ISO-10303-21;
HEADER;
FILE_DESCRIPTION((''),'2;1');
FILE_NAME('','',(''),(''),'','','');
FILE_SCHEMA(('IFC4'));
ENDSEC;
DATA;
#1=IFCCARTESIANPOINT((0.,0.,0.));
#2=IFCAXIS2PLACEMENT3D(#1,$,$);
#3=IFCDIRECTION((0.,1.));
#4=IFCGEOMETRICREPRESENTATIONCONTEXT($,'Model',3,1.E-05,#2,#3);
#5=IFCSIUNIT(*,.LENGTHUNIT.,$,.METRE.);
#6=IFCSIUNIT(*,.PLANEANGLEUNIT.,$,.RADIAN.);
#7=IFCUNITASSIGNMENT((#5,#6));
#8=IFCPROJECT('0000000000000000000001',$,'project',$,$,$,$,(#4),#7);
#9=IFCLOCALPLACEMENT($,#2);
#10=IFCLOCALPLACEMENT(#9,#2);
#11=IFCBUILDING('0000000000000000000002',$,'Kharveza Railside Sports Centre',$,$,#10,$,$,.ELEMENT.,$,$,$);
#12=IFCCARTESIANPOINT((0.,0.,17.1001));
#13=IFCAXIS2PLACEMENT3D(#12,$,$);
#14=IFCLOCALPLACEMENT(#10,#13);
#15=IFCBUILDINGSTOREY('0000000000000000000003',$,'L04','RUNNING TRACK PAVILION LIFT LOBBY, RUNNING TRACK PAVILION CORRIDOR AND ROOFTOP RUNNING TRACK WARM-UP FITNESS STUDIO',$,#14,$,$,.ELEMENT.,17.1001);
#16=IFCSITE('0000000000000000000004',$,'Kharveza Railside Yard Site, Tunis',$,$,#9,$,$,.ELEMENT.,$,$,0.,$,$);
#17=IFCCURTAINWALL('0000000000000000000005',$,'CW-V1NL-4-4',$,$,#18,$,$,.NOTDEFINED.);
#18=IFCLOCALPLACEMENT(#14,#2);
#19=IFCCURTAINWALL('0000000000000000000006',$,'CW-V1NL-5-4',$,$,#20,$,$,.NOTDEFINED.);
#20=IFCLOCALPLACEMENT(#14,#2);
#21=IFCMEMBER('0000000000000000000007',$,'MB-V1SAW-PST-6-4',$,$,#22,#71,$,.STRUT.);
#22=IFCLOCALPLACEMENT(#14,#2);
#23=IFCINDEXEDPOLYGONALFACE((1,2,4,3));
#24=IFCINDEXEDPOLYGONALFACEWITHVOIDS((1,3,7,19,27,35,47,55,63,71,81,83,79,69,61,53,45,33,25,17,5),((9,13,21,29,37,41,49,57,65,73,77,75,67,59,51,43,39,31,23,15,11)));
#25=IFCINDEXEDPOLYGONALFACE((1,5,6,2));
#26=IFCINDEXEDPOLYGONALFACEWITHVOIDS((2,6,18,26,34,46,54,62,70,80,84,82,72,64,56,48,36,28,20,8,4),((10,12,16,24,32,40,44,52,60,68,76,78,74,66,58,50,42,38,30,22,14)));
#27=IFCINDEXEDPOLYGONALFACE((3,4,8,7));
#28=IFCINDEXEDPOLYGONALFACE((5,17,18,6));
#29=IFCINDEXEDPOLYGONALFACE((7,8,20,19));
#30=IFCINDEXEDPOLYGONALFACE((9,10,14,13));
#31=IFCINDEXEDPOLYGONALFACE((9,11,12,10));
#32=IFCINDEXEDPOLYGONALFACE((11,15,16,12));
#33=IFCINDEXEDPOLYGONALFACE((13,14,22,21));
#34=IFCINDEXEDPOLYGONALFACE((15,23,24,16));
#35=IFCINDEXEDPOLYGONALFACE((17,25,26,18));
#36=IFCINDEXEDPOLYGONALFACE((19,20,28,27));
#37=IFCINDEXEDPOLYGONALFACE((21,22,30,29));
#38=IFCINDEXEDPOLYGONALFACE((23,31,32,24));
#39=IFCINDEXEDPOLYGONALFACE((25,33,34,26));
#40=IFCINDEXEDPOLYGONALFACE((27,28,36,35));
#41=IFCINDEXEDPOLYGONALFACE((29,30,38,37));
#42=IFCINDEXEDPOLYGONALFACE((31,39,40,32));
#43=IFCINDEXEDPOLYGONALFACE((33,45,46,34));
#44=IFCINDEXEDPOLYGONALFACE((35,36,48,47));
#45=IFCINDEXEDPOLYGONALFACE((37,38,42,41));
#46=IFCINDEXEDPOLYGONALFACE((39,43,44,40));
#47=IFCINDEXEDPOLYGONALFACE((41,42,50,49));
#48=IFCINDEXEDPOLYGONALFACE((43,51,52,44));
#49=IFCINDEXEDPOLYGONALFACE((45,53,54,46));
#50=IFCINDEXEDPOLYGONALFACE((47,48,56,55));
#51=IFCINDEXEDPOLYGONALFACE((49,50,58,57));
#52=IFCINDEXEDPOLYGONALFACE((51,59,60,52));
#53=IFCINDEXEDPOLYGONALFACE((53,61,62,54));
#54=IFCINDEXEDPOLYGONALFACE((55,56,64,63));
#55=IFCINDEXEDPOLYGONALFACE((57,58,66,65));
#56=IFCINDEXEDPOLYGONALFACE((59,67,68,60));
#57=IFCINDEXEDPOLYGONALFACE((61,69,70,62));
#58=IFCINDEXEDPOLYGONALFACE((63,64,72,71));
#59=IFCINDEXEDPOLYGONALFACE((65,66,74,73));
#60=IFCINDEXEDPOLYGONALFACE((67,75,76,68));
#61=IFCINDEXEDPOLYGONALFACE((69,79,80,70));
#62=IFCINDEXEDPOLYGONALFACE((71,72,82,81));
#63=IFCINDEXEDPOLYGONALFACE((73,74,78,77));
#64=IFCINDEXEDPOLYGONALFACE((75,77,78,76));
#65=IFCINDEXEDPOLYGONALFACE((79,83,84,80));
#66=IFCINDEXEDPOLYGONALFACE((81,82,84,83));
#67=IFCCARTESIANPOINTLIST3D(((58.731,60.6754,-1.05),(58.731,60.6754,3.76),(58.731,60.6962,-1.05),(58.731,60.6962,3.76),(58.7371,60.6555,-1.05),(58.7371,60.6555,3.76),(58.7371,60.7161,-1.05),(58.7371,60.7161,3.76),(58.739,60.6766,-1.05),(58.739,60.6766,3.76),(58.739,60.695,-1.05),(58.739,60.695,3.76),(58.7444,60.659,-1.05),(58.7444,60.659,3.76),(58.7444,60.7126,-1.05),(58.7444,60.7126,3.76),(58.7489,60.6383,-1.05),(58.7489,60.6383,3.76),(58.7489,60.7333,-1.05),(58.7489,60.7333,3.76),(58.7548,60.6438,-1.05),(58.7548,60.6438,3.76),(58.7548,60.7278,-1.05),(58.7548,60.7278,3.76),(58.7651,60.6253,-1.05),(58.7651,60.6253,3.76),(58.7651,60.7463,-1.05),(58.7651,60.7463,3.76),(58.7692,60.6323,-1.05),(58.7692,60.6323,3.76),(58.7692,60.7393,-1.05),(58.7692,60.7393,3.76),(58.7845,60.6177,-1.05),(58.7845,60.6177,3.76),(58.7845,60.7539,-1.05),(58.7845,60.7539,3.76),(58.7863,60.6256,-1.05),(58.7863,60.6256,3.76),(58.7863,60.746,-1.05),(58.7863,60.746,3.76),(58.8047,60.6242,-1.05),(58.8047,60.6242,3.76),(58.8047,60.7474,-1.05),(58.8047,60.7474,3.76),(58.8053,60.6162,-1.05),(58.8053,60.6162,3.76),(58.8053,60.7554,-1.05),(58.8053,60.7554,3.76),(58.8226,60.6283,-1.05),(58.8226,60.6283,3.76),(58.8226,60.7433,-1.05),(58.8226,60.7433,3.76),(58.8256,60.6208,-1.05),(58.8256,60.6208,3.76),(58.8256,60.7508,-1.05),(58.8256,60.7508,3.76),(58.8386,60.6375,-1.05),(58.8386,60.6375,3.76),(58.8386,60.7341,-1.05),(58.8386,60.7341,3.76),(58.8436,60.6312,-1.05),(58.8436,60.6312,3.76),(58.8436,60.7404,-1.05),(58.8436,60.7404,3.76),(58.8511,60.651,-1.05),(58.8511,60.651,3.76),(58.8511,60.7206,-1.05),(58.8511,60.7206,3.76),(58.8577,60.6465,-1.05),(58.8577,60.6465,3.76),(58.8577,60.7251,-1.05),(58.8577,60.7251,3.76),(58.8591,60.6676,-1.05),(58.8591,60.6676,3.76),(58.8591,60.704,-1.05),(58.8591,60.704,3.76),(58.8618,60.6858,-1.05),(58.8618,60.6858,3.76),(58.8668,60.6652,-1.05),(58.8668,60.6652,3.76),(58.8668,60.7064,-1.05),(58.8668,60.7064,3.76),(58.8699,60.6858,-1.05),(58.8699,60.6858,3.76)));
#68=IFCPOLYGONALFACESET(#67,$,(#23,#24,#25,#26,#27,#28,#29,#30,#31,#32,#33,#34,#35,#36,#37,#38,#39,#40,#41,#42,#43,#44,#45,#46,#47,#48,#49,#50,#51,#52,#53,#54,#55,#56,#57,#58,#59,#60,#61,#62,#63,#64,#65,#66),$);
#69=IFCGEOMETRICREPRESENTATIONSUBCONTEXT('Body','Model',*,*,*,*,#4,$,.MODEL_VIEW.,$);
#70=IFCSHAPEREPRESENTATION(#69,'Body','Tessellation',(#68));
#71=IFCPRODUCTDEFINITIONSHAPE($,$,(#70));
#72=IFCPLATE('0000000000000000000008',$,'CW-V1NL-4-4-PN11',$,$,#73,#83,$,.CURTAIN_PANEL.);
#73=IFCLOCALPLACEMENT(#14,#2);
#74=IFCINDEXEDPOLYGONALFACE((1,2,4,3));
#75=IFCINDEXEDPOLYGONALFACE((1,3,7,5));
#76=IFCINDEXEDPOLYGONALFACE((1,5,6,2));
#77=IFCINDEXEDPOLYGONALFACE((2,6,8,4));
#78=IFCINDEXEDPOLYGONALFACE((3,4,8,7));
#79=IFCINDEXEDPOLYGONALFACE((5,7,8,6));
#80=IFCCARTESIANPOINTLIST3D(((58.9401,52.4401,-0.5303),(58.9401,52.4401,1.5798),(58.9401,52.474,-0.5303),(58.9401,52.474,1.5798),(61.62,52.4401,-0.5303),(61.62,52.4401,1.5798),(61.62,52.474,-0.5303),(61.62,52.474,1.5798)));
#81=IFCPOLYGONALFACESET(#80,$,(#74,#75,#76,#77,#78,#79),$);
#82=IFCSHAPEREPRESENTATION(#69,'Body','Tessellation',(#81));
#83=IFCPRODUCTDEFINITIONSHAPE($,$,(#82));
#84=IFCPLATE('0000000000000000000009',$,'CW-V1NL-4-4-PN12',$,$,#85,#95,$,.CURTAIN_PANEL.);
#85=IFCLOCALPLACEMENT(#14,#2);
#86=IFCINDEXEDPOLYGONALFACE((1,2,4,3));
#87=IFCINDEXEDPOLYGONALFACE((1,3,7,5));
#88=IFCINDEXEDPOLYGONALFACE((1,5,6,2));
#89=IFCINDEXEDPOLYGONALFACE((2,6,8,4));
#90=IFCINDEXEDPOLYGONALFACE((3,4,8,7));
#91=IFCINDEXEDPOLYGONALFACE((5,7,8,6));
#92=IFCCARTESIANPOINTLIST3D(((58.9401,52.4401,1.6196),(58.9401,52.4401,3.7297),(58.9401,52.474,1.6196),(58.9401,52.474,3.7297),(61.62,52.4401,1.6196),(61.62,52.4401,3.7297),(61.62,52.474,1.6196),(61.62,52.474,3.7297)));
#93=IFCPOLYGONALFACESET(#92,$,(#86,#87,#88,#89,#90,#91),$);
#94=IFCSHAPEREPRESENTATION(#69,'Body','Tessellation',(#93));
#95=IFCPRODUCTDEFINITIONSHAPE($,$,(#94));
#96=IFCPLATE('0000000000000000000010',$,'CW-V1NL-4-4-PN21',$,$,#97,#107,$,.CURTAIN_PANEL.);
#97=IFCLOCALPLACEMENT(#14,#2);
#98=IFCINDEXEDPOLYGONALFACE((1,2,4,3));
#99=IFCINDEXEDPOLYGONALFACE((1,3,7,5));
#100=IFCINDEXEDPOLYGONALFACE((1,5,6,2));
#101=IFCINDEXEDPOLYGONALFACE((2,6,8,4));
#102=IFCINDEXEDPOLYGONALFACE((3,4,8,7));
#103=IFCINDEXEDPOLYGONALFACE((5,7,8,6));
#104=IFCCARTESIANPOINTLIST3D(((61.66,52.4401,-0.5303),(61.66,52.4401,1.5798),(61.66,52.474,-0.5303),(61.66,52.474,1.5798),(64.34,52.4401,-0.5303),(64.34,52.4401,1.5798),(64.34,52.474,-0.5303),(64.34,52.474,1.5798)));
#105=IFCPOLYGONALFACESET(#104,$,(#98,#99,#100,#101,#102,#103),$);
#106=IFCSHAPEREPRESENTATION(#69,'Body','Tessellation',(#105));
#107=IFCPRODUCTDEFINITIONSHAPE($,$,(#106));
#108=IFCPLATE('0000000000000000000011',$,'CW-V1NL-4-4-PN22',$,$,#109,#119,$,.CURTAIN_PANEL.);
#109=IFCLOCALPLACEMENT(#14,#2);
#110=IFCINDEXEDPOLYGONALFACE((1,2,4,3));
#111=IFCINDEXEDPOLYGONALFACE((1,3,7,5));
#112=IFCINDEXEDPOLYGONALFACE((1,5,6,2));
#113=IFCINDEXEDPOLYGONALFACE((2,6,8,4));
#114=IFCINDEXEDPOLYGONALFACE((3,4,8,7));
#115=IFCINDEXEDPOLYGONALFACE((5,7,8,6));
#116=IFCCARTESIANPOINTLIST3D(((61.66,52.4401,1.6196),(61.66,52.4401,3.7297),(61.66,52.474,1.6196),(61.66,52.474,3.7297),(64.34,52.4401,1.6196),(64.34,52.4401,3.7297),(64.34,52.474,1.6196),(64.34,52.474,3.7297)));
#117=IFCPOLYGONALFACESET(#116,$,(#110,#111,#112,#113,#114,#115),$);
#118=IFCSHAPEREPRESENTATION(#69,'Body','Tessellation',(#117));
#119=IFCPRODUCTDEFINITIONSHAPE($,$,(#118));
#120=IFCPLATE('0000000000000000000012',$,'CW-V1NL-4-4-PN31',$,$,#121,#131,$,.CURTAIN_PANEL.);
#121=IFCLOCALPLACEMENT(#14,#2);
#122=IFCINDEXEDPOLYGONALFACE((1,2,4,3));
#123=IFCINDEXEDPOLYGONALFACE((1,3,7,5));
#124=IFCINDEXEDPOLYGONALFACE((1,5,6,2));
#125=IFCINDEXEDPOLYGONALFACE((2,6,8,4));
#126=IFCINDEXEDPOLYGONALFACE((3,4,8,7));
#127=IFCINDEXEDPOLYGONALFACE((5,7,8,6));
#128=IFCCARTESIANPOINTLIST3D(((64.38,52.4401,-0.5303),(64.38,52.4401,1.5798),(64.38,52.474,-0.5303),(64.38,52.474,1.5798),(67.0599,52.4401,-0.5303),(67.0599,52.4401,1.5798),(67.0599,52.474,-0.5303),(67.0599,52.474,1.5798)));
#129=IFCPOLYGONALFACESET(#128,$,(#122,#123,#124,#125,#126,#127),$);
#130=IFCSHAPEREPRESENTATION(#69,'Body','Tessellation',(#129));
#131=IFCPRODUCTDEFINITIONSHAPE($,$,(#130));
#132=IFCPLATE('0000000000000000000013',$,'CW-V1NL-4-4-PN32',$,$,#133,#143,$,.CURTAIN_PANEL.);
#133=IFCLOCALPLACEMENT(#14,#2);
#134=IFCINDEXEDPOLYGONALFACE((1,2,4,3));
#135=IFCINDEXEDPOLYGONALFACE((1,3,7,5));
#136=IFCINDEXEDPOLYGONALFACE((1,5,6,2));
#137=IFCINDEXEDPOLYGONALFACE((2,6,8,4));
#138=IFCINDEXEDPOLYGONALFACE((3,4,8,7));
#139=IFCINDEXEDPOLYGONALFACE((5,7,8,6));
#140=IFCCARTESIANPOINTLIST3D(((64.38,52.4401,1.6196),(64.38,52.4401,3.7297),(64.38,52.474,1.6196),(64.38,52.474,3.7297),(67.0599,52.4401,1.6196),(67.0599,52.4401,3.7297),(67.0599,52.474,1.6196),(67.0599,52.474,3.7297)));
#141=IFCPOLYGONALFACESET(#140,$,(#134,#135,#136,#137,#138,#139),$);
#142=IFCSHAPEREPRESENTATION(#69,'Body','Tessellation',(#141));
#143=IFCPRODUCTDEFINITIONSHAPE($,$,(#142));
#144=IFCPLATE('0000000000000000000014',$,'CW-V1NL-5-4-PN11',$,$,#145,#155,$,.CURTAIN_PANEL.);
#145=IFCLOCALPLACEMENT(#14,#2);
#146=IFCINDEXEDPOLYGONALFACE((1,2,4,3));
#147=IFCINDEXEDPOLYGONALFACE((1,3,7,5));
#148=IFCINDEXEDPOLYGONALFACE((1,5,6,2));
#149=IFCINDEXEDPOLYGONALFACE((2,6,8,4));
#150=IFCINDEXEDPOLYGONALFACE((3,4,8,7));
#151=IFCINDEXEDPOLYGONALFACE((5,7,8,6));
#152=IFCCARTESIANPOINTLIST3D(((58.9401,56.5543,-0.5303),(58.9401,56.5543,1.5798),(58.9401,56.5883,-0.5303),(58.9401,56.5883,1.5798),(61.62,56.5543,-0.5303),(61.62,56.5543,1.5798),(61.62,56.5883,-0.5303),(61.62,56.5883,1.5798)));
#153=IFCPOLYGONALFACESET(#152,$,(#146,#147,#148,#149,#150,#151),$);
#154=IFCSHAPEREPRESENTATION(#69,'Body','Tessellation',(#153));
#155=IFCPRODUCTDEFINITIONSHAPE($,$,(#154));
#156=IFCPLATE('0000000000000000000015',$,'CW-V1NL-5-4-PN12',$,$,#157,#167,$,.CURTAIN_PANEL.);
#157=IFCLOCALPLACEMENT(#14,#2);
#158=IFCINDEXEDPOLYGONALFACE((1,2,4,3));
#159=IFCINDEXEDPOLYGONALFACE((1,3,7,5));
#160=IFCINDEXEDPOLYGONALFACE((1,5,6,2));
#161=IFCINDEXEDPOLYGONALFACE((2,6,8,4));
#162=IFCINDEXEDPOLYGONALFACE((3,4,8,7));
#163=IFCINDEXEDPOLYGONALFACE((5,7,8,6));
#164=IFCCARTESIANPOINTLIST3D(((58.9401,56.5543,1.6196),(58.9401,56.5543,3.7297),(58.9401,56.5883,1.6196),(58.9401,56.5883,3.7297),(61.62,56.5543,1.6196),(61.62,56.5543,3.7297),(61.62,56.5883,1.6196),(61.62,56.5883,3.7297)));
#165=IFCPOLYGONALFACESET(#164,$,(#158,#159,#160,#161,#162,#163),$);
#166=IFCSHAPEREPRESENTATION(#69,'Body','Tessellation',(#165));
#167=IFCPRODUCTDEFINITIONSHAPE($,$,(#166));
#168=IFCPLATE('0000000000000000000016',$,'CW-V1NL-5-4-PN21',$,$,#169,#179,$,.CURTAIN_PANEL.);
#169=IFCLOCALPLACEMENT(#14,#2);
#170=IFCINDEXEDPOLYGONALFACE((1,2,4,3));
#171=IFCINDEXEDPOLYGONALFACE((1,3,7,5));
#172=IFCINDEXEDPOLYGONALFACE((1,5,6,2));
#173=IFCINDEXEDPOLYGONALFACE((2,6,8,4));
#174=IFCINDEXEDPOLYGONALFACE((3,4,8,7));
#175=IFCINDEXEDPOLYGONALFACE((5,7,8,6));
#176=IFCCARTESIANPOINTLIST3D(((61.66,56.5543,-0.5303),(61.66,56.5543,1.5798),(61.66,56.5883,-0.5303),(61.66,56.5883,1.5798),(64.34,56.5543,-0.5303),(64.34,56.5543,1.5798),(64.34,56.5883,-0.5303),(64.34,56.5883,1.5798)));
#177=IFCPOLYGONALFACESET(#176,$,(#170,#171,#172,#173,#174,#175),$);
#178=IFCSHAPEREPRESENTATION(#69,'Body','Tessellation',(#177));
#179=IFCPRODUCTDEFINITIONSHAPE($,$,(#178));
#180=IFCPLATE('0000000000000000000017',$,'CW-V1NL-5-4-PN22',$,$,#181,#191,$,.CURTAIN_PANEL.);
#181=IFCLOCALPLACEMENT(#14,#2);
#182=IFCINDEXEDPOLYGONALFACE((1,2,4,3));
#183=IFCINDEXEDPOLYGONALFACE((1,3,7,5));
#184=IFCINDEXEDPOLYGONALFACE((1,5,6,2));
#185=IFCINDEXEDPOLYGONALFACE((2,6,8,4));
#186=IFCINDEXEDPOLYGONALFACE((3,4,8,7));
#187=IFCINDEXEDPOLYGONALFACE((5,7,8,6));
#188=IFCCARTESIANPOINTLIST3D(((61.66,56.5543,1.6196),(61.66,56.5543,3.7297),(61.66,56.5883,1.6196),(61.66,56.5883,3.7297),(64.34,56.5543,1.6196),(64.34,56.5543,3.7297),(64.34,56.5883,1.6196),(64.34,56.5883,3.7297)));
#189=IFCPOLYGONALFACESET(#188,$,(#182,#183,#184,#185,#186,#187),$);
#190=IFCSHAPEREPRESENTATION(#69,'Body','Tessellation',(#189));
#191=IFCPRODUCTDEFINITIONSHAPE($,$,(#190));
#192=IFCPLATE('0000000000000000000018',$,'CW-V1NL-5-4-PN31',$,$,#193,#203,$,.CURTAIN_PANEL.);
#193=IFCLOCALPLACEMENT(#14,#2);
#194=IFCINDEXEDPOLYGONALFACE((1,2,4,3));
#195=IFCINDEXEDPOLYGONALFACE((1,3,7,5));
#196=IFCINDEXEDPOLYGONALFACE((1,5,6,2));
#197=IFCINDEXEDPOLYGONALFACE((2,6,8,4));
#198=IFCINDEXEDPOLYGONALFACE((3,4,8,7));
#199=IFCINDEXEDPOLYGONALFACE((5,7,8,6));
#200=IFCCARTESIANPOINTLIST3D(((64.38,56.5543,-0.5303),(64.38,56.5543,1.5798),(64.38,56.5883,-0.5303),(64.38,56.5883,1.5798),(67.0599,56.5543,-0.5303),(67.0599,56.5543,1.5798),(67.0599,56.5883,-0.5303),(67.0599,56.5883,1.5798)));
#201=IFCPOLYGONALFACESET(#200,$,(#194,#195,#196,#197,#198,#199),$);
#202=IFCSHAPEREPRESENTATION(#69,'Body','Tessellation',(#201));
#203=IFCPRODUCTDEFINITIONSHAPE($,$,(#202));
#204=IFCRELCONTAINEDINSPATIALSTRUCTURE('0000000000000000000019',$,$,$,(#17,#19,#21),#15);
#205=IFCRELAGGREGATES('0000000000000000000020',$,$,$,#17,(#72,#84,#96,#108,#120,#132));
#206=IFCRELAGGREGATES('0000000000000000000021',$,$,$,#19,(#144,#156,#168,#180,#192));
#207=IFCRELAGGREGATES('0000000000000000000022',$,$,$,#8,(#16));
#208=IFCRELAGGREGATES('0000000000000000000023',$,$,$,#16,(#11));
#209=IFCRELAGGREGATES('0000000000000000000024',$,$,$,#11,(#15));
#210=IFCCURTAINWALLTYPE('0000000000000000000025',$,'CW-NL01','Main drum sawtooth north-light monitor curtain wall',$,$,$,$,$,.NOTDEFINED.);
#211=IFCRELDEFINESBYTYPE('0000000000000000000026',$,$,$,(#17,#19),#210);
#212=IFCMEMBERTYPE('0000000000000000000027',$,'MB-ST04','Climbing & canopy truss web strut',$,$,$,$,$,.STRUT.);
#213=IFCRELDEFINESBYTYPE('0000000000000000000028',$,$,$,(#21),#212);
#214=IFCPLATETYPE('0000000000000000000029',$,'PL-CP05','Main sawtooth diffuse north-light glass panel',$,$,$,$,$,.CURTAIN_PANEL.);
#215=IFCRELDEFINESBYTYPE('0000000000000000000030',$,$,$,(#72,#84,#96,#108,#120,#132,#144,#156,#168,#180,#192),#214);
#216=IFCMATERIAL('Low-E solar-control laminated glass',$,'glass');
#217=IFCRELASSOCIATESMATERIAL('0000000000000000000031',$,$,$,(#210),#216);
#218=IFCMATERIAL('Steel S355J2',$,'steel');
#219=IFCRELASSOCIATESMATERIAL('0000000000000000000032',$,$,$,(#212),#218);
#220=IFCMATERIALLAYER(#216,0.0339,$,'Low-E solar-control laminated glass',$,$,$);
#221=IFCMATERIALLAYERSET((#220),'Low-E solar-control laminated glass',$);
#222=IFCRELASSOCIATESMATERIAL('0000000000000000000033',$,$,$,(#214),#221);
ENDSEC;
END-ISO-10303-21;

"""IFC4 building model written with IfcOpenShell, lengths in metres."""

from ifc_helpers import new_model, si_unit, direction, frame, origin, origin_2d, place, context, subcontext, project, spatial, rectangle, hollow_circle, extrude, material, layer, layer_set, material_profile, profile_set, type_object, element, aggregate, save


model = new_model("IFC4")

# Units and contexts
model_context = context("Model", 3, precision=1e-05, world=origin(), true_north=direction((0.0, 1.0)))
body_context = subcontext(model_context, "Body", "Model", "MODEL_VIEW")
ifc_project = project(units=[si_unit("LENGTHUNIT", "METRE"), si_unit("PLANEANGLEUNIT", "RADIAN")], contexts=[model_context])

# Site, building, storey
site_placement = place(None, origin())
site = spatial("IfcSite", under=ifc_project, at=site_placement, Name="Kharveza Railside Yard Site, Tunis", CompositionType="ELEMENT", RefElevation=0.0)
building_placement = place(site_placement, origin())
building = spatial("IfcBuilding", under=site, at=building_placement, Name="Kharveza Railside Sports Centre", CompositionType="ELEMENT")
storey_placement = place(building_placement, frame((0.0, 0.0, 17.1001)))
storey = spatial("IfcBuildingStorey", under=building, at=storey_placement, Name="L04", Description="RUNNING TRACK PAVILION LIFT LOBBY, RUNNING TRACK PAVILION CORRIDOR AND ROOFTOP RUNNING TRACK WARM-UP FITNESS STUDIO", CompositionType="ELEMENT", Elevation=17.1001)

# Curtain walls
ifc_material_1 = material(Name="Low-E solar-control laminated glass", Category="glass")
curtain_wall_type = type_object("IfcCurtainWallType", Name="CW-NL01", Description="Main drum sawtooth north-light monitor curtain wall", PredefinedType="NOTDEFINED", material=ifc_material_1)
curtain_wall_1_placement = place(storey_placement, origin())
curtain_wall_1 = element("IfcCurtainWall", 1, at=curtain_wall_1_placement, inside=storey, type_object=curtain_wall_type, Name="CW-V1NL-4-4", PredefinedType="NOTDEFINED")
curtain_wall_2_placement = place(storey_placement, origin())
curtain_wall_2 = element("IfcCurtainWall", 2, at=curtain_wall_2_placement, inside=storey, type_object=curtain_wall_type, Name="CW-V1NL-5-4", PredefinedType="NOTDEFINED")

# Member
ifc_material_2 = material(Name="Steel S355J2", Category="steel")
ifc_material_profile_1 = material_profile(ifc_material_2, hollow_circle(Radius=0.0698, WallThickness=0.0081, at=origin_2d()), Name="CHS 139.7x8.0")
ifc_profile_set_1 = profile_set([ifc_material_profile_1], Name="Steel S355J2")
member_type_1 = type_object("IfcMemberType", Name="MB-ST04", Description="Climbing & canopy truss web strut", PredefinedType="STRUT", material=ifc_profile_set_1)
for number, where, z_axis, x_axis, name in (
    (3, (58.8, 60.6858, -1.05), (0.0, 0.0, 1.0), (1.0, 0.0, 0.0), "MB-V1SAW-PST-6-4"),
):
    element("IfcMember", number, at=place(storey_placement, frame(where, z_axis=z_axis, x_axis=x_axis)), inside=storey, type_object=member_type_1, Name=name, PredefinedType="STRUT", context=body_context, shape_type="SweptSolid", body=[
        extrude(hollow_circle(Radius=0.0698, WallThickness=0.0081, at=origin_2d()), origin(), (0.0, 0.0, 1.0), 4.8101),
    ])

# Plates
ifc_layer = layer(ifc_material_1, 0.0339, Name="Low-E solar-control laminated glass")
ifc_layer_set = layer_set([ifc_layer], Name="Low-E solar-control laminated glass")
plate_type = type_object("IfcPlateType", Name="PL-CP05", Description="Main sawtooth diffuse north-light glass panel", PredefinedType="CURTAIN_PANEL", material=ifc_layer_set)
plate_1_placement = place(storey_placement, frame((60.28, 52.457, -0.5303), z_axis=(0.0, 0.0, 1.0), x_axis=(1.0, 0.0, 0.0)))
plate_1 = element("IfcPlate", 4, at=plate_1_placement, type_object=plate_type, Name="CW-V1NL-4-4-PN11", PredefinedType="CURTAIN_PANEL", context=body_context, shape_type="SweptSolid", body=[
    extrude(rectangle(XDim=2.6799, YDim=0.0339, at=origin_2d()), origin(), (0.0, 0.0, 1.0), 2.1101),
])
plate_2_placement = place(storey_placement, frame((60.28, 52.457, 1.6196), z_axis=(0.0, 0.0, 1.0), x_axis=(1.0, 0.0, 0.0)))
plate_2 = element("IfcPlate", 5, at=plate_2_placement, type_object=plate_type, Name="CW-V1NL-4-4-PN12", PredefinedType="CURTAIN_PANEL", context=body_context, shape_type="SweptSolid", body=[
    extrude(rectangle(XDim=2.6799, YDim=0.0339, at=origin_2d()), origin(), (0.0, 0.0, 1.0), 2.1101),
])
plate_3_placement = place(storey_placement, frame((63.0, 52.457, -0.5303), z_axis=(0.0, 0.0, 1.0), x_axis=(1.0, 0.0, 0.0)))
plate_3 = element("IfcPlate", 6, at=plate_3_placement, type_object=plate_type, Name="CW-V1NL-4-4-PN21", PredefinedType="CURTAIN_PANEL", context=body_context, shape_type="SweptSolid", body=[
    extrude(rectangle(XDim=2.6799, YDim=0.0339, at=origin_2d()), origin(), (0.0, 0.0, 1.0), 2.1101),
])
plate_4_placement = place(storey_placement, frame((63.0, 52.457, 1.6196), z_axis=(0.0, 0.0, 1.0), x_axis=(1.0, 0.0, 0.0)))
plate_4 = element("IfcPlate", 7, at=plate_4_placement, type_object=plate_type, Name="CW-V1NL-4-4-PN22", PredefinedType="CURTAIN_PANEL", context=body_context, shape_type="SweptSolid", body=[
    extrude(rectangle(XDim=2.6799, YDim=0.0339, at=origin_2d()), origin(), (0.0, 0.0, 1.0), 2.1101),
])
plate_5_placement = place(storey_placement, frame((65.72, 52.457, -0.5303), z_axis=(0.0, 0.0, 1.0), x_axis=(1.0, 0.0, 0.0)))
plate_5 = element("IfcPlate", 8, at=plate_5_placement, type_object=plate_type, Name="CW-V1NL-4-4-PN31", PredefinedType="CURTAIN_PANEL", context=body_context, shape_type="SweptSolid", body=[
    extrude(rectangle(XDim=2.6799, YDim=0.0339, at=origin_2d()), origin(), (0.0, 0.0, 1.0), 2.1101),
])
plate_6_placement = place(storey_placement, frame((65.72, 52.457, 1.6196), z_axis=(0.0, 0.0, 1.0), x_axis=(1.0, 0.0, 0.0)))
plate_6 = element("IfcPlate", 9, at=plate_6_placement, type_object=plate_type, Name="CW-V1NL-4-4-PN32", PredefinedType="CURTAIN_PANEL", context=body_context, shape_type="SweptSolid", body=[
    extrude(rectangle(XDim=2.6799, YDim=0.0339, at=origin_2d()), origin(), (0.0, 0.0, 1.0), 2.1101),
])
aggregate(curtain_wall_1, [plate_1, plate_2, plate_3, plate_4, plate_5, plate_6])
plate_7_placement = place(storey_placement, frame((60.28, 56.5713, -0.5303), z_axis=(0.0, 0.0, 1.0), x_axis=(1.0, 0.0, 0.0)))
plate_7 = element("IfcPlate", 10, at=plate_7_placement, type_object=plate_type, Name="CW-V1NL-5-4-PN11", PredefinedType="CURTAIN_PANEL", context=body_context, shape_type="SweptSolid", body=[
    extrude(rectangle(XDim=2.6799, YDim=0.0339, at=origin_2d()), origin(), (0.0, 0.0, 1.0), 2.1101),
])
plate_8_placement = place(storey_placement, frame((60.28, 56.5713, 1.6196), z_axis=(0.0, 0.0, 1.0), x_axis=(1.0, 0.0, 0.0)))
plate_8 = element("IfcPlate", 11, at=plate_8_placement, type_object=plate_type, Name="CW-V1NL-5-4-PN12", PredefinedType="CURTAIN_PANEL", context=body_context, shape_type="SweptSolid", body=[
    extrude(rectangle(XDim=2.6799, YDim=0.0339, at=origin_2d()), origin(), (0.0, 0.0, 1.0), 2.1101),
])
plate_9_placement = place(storey_placement, frame((63.0, 56.5713, -0.5303), z_axis=(0.0, 0.0, 1.0), x_axis=(1.0, 0.0, 0.0)))
plate_9 = element("IfcPlate", 12, at=plate_9_placement, type_object=plate_type, Name="CW-V1NL-5-4-PN21", PredefinedType="CURTAIN_PANEL", context=body_context, shape_type="SweptSolid", body=[
    extrude(rectangle(XDim=2.6799, YDim=0.0339, at=origin_2d()), origin(), (0.0, 0.0, 1.0), 2.1101),
])
plate_10_placement = place(storey_placement, frame((63.0, 56.5713, 1.6196), z_axis=(0.0, 0.0, 1.0), x_axis=(1.0, 0.0, 0.0)))
plate_10 = element("IfcPlate", 13, at=plate_10_placement, type_object=plate_type, Name="CW-V1NL-5-4-PN22", PredefinedType="CURTAIN_PANEL", context=body_context, shape_type="SweptSolid", body=[
    extrude(rectangle(XDim=2.6799, YDim=0.0339, at=origin_2d()), origin(), (0.0, 0.0, 1.0), 2.1101),
])
plate_11_placement = place(storey_placement, frame((65.72, 56.5713, -0.5303), z_axis=(0.0, 0.0, 1.0), x_axis=(1.0, 0.0, 0.0)))
plate_11 = element("IfcPlate", 14, at=plate_11_placement, type_object=plate_type, Name="CW-V1NL-5-4-PN31", PredefinedType="CURTAIN_PANEL", context=body_context, shape_type="SweptSolid", body=[
    extrude(rectangle(XDim=2.6799, YDim=0.0339, at=origin_2d()), origin(), (0.0, 0.0, 1.0), 2.1101),
])
aggregate(curtain_wall_2, [plate_7, plate_8, plate_9, plate_10, plate_11])

save(model, "model.ifc")
